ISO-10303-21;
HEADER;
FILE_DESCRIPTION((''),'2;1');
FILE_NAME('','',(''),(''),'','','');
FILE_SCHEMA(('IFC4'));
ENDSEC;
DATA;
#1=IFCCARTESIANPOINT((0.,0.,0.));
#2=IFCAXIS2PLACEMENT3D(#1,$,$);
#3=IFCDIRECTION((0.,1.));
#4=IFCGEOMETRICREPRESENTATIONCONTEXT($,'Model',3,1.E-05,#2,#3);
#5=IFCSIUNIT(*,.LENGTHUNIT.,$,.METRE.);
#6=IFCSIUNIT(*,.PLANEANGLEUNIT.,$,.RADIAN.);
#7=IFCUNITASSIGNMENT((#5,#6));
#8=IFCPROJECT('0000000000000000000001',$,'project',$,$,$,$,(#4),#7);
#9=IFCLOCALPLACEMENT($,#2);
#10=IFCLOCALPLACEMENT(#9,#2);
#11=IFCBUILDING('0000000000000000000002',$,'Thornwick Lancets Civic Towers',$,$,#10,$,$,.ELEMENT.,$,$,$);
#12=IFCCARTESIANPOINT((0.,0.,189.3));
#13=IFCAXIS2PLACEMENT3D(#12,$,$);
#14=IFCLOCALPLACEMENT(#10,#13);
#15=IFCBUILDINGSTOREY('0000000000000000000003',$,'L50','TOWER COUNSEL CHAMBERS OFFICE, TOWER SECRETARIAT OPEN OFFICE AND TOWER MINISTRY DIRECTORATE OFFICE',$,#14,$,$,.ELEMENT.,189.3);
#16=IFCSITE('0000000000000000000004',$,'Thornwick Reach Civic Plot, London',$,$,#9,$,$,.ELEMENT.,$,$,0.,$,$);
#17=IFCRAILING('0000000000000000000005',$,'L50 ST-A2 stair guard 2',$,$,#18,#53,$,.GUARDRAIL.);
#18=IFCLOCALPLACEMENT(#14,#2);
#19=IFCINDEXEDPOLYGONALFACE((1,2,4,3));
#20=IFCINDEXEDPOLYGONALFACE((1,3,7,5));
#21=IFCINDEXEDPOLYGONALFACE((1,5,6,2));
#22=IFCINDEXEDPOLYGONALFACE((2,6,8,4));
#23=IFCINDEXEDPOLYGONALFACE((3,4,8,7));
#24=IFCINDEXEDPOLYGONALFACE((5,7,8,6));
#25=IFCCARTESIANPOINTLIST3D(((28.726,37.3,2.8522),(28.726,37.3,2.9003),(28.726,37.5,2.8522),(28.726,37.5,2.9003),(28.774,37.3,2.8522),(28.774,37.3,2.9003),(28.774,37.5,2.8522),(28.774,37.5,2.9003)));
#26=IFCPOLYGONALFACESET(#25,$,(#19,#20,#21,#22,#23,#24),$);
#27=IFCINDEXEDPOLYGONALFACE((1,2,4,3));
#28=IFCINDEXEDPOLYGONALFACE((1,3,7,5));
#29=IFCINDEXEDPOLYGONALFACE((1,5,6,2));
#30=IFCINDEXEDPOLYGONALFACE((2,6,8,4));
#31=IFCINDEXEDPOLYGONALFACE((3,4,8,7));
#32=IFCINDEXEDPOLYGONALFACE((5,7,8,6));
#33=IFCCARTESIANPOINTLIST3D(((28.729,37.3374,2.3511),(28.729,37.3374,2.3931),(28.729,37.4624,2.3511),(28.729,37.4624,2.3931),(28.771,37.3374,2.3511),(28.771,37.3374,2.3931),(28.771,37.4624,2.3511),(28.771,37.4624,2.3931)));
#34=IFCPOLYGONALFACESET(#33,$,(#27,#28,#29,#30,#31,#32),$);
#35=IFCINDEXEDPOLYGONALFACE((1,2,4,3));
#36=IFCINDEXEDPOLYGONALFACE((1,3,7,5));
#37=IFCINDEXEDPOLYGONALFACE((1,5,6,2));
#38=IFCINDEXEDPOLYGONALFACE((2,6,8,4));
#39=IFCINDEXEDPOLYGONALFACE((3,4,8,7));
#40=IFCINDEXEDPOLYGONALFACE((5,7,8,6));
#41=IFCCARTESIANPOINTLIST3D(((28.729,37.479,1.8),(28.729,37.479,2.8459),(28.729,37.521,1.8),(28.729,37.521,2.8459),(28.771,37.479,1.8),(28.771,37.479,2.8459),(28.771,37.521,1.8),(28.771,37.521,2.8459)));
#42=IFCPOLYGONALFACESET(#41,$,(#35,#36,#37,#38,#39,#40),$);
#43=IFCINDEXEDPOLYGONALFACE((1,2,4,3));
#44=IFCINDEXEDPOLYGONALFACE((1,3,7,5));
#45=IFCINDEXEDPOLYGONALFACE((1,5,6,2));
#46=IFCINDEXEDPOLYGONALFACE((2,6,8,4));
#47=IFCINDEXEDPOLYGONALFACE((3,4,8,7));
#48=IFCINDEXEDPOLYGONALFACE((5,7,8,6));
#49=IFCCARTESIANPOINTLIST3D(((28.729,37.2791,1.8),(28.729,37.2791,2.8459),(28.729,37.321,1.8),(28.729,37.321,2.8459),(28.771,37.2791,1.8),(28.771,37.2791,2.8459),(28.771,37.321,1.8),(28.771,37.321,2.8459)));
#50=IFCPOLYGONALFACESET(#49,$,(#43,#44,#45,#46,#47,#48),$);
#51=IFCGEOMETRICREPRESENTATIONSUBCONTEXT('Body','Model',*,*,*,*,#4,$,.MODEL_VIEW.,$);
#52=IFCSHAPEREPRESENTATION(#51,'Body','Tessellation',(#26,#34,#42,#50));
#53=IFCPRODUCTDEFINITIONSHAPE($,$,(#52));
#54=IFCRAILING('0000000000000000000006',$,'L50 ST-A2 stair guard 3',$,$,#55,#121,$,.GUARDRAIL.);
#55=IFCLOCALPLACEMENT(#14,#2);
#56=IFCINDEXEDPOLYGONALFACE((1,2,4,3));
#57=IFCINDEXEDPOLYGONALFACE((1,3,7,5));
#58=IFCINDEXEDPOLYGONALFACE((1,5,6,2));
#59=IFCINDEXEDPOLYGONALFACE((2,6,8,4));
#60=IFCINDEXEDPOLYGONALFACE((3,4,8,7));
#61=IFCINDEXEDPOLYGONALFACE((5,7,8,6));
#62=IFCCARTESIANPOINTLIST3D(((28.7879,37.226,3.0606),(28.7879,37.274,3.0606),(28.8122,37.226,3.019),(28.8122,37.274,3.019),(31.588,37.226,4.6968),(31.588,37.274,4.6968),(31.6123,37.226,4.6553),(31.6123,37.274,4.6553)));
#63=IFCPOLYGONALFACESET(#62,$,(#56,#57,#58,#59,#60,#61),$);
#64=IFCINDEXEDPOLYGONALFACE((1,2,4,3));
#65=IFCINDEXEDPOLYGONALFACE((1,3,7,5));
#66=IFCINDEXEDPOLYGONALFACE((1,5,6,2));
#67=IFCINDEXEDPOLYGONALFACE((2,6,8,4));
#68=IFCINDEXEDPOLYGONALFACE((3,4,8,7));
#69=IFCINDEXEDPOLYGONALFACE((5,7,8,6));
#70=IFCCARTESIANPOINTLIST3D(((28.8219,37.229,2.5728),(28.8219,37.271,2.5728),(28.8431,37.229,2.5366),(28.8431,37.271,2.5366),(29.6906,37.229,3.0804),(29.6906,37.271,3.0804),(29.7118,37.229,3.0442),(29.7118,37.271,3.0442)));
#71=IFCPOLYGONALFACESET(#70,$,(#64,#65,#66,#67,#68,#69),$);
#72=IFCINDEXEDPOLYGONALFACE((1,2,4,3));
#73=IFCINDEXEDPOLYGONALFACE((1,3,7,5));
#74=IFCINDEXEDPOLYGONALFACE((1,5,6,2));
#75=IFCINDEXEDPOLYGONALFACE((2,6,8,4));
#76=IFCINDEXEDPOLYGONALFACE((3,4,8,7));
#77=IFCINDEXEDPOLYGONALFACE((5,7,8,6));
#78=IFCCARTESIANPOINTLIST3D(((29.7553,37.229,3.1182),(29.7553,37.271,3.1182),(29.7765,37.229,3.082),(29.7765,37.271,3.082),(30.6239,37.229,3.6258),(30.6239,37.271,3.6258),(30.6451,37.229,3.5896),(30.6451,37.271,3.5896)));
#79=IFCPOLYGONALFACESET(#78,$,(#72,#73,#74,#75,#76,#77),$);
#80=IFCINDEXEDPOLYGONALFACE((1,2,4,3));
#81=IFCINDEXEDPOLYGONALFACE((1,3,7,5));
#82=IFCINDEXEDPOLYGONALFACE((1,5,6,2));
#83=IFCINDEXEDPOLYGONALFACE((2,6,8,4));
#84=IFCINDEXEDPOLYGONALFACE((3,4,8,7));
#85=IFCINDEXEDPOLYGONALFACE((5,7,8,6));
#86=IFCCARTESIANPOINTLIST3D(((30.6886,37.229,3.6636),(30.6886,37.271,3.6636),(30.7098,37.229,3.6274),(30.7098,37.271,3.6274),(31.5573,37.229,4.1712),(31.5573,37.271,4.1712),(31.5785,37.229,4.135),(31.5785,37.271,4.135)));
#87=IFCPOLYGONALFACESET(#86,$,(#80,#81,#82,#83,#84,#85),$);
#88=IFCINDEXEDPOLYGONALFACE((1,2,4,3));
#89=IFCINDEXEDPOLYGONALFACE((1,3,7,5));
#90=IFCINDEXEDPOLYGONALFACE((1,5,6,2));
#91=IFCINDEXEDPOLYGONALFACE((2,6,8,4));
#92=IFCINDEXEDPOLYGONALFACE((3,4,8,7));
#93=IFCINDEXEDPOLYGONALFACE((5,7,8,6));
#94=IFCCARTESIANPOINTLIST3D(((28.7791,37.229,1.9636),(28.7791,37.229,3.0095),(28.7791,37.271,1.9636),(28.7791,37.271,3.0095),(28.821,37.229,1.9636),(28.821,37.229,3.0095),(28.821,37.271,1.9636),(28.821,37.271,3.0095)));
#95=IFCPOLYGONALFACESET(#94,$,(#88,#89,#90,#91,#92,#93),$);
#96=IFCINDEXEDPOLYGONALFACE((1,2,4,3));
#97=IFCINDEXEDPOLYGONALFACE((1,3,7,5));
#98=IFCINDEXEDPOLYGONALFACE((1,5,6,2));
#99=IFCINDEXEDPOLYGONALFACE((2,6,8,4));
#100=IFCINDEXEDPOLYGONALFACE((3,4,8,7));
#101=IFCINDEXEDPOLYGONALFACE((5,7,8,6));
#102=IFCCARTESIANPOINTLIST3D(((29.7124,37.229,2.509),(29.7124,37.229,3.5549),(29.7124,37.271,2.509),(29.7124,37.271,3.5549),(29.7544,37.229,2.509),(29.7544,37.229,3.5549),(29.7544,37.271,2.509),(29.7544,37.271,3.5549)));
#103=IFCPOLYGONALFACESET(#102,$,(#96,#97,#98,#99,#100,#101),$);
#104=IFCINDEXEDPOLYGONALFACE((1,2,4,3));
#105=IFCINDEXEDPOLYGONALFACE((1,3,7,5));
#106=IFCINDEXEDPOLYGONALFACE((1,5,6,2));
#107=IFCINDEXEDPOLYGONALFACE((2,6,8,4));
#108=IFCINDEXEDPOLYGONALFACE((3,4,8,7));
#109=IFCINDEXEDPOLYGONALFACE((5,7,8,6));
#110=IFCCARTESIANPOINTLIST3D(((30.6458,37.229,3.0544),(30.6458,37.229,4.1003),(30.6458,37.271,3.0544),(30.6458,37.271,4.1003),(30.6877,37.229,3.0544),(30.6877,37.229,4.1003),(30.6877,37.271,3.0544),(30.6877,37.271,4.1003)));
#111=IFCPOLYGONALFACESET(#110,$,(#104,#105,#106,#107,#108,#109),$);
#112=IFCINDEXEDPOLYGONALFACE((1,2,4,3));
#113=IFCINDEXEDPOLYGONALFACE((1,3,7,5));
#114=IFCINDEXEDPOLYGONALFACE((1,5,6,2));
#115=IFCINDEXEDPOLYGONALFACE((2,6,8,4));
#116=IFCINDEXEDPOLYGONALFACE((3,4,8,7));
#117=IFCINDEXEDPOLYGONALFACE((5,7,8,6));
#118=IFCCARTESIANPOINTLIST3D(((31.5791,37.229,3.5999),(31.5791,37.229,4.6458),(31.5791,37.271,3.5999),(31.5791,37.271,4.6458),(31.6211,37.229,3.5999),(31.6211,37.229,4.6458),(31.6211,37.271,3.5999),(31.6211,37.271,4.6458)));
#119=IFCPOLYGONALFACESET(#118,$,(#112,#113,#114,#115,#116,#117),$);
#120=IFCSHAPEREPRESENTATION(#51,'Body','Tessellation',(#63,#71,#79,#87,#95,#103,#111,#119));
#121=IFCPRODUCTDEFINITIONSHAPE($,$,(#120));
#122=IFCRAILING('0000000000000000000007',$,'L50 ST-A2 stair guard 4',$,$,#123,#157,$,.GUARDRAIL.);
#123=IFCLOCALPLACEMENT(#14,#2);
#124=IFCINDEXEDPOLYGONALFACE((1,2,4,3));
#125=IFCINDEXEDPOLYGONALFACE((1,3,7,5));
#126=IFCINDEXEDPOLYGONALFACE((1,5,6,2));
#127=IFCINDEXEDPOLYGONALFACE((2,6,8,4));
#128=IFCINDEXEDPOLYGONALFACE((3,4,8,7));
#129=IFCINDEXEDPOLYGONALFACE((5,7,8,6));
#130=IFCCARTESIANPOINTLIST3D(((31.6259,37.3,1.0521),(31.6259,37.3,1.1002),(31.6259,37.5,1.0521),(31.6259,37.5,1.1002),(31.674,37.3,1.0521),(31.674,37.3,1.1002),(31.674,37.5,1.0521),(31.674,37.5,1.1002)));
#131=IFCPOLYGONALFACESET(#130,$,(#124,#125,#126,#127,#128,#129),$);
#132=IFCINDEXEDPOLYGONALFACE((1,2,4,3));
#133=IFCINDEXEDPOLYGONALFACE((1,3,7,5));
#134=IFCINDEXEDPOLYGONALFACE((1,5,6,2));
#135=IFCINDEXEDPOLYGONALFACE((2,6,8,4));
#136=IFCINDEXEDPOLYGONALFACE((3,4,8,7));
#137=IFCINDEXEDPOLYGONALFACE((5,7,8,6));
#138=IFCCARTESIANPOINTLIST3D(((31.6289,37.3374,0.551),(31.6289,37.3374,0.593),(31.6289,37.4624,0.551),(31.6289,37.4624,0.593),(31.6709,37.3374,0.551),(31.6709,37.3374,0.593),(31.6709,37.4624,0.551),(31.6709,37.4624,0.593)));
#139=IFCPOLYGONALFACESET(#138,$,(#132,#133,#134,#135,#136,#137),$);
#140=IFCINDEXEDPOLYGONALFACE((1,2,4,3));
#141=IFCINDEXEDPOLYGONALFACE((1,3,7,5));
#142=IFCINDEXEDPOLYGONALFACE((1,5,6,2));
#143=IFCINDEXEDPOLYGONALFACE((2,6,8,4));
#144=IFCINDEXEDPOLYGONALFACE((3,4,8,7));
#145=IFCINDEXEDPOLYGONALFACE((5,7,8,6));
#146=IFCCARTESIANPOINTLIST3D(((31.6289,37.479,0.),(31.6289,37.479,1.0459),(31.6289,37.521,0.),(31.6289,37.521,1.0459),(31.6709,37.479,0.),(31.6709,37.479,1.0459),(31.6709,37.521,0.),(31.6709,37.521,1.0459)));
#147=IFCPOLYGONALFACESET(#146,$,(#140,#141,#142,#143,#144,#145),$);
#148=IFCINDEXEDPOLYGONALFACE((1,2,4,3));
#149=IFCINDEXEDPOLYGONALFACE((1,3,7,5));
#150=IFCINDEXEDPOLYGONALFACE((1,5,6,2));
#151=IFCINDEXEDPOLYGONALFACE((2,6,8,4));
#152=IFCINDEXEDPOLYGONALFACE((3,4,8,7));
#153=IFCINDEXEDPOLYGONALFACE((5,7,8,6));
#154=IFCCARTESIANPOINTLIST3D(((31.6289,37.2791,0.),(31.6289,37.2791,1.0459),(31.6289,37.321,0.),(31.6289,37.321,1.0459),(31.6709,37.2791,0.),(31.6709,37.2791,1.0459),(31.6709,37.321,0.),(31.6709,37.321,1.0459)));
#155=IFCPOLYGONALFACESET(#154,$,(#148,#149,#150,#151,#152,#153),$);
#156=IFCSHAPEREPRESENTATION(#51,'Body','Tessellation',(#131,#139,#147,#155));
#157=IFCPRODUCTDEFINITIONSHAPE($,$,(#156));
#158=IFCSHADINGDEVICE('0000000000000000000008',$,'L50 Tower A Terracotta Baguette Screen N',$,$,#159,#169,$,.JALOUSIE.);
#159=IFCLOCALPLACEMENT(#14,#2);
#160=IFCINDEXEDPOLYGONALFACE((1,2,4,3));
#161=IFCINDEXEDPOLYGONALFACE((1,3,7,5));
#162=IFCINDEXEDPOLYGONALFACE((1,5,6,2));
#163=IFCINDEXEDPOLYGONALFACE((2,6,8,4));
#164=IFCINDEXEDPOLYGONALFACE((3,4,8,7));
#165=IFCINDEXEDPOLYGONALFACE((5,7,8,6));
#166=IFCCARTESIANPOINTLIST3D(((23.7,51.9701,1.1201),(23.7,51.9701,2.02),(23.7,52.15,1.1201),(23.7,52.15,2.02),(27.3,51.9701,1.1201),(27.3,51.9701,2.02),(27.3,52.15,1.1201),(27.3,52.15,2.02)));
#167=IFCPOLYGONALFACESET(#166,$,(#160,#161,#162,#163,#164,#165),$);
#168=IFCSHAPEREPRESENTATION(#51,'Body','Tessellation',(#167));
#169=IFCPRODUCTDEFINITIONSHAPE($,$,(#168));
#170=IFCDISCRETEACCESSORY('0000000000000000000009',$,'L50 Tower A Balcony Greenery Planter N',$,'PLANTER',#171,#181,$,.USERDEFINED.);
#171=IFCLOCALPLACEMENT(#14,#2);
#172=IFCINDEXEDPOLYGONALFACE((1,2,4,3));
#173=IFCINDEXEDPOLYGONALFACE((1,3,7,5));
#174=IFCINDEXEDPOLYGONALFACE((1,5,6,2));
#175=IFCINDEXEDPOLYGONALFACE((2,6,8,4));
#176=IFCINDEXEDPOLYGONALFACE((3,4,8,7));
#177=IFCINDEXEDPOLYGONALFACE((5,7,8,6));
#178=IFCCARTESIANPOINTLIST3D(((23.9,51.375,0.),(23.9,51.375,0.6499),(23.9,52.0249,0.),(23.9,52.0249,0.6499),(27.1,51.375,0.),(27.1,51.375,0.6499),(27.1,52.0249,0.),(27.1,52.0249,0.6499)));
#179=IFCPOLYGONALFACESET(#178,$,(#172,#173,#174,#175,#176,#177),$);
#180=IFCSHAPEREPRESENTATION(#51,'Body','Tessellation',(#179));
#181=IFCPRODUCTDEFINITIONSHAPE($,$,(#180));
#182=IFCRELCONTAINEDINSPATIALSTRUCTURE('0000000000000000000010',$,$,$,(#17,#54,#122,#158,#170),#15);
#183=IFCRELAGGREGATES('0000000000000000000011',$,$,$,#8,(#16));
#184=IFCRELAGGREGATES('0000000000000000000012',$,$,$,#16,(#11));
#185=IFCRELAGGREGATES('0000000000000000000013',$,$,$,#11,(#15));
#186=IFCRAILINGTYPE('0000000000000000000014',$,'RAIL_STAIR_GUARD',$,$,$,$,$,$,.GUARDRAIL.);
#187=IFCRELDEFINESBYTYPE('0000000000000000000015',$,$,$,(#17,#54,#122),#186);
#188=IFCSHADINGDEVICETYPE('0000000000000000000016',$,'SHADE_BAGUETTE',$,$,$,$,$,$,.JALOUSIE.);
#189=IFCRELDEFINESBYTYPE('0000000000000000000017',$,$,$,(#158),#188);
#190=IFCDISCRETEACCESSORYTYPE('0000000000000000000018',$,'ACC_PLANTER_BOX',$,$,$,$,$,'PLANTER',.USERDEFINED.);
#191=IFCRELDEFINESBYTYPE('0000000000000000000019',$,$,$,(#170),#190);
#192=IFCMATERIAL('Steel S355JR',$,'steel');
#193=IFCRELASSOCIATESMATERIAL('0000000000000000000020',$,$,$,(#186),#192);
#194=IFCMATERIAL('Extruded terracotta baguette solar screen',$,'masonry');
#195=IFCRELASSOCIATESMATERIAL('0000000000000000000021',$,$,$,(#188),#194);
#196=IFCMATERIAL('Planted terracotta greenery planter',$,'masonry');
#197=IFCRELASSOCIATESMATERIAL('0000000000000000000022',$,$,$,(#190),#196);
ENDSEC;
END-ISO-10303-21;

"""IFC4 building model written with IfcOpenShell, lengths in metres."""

from ifc_helpers import new_model, si_unit, direction, frame, origin, origin_2d, place, context, subcontext, project, spatial, rectangle, extrude, material, type_object, element, save


model = new_model("IFC4")

# Units and contexts
model_context = context("Model", 3, precision=1e-05, world=origin(), true_north=direction((0.0, 1.0)))
body_context = subcontext(model_context, "Body", "Model", "MODEL_VIEW")
ifc_project = project(units=[si_unit("LENGTHUNIT", "METRE"), si_unit("PLANEANGLEUNIT", "RADIAN")], contexts=[model_context])

# Site, building, storey
site_placement = place(None, origin())
site = spatial("IfcSite", under=ifc_project, at=site_placement, Name="Thornwick Reach Civic Plot, London", CompositionType="ELEMENT", RefElevation=0.0)
building_placement = place(site_placement, origin())
building = spatial("IfcBuilding", under=site, at=building_placement, Name="Thornwick Lancets Civic Towers", CompositionType="ELEMENT")
storey_placement = place(building_placement, frame((0.0, 0.0, 189.3)))
storey = spatial("IfcBuildingStorey", under=building, at=storey_placement, Name="L50", Description="TOWER COUNSEL CHAMBERS OFFICE, TOWER SECRETARIAT OPEN OFFICE AND TOWER MINISTRY DIRECTORATE OFFICE", CompositionType="ELEMENT", Elevation=189.3)

# Shared definitions
ifc_material_1 = material(Name="Steel S355JR", Category="steel")

# Railings
railing_type_1 = type_object("IfcRailingType", Name="RAIL_STAIR_GUARD", PredefinedType="GUARDRAIL", material=ifc_material_1)
railing_1_placement = place(storey_placement, frame((28.75, 37.5, 1.8)))
element("IfcRailing", 1, at=railing_1_placement, inside=storey, type_object=railing_type_1, Name="L50 ST-A2 stair guard 2", PredefinedType="GUARDRAIL", context=body_context, shape_type="SweptSolid", body=[
    extrude(rectangle(XDim=0.0481, YDim=0.0481, at=origin_2d()), frame((0.0, 0.0, 1.0762), z_axis=(0.0, -1.0, 0.0), x_axis=(1.0, 0.0, 0.0)), (0.0, 0.0, 1.0), 0.2),
    extrude(rectangle(XDim=0.042, YDim=0.042, at=origin_2d()), frame((0.0, -0.0376, 0.572), z_axis=(0.0, -1.0, 0.0), x_axis=(1.0, 0.0, 0.0)), (0.0, 0.0, 1.0), 0.125),
    extrude(rectangle(XDim=0.042, YDim=0.042, at=origin_2d()), origin(), (0.0, 0.0, 1.0), 1.0459),
    extrude(rectangle(XDim=0.042, YDim=0.042, at=origin_2d()), frame((0.0, -0.2, 0.0)), (0.0, 0.0, 1.0), 1.0459),
])
railing_2_placement = place(storey_placement, frame((28.8, 37.25, 1.9636)))
element("IfcRailing", 2, at=railing_2_placement, inside=storey, type_object=railing_type_1, Name="L50 ST-A2 stair guard 3", PredefinedType="GUARDRAIL", context=body_context, shape_type="SweptSolid", body=[
    extrude(rectangle(XDim=0.0481, YDim=0.0481, at=origin_2d()), frame((0.0, 0.0, 1.0762), z_axis=(0.863394, 0.0, 0.504531), x_axis=(0.0, 1.0, 0.0)), (0.0, 0.0, 1.0), 3.2432),
    extrude(rectangle(XDim=0.042, YDim=0.042, at=origin_2d()), frame((0.0325, 0.0, 0.5911), z_axis=(0.863394, 0.0, 0.504531), x_axis=(0.0, 1.0, 0.0)), (0.0, 0.0, 1.0), 1.0061),
    extrude(rectangle(XDim=0.042, YDim=0.042, at=origin_2d()), frame((0.9658, 0.0, 1.1365), z_axis=(0.863394, 0.0, 0.504531), x_axis=(0.0, 1.0, 0.0)), (0.0, 0.0, 1.0), 1.0061),
    extrude(rectangle(XDim=0.042, YDim=0.042, at=origin_2d()), frame((1.8992, 0.0, 1.6819), z_axis=(0.863394, 0.0, 0.504531), x_axis=(0.0, 1.0, 0.0)), (0.0, 0.0, 1.0), 1.0061),
    extrude(rectangle(XDim=0.042, YDim=0.042, at=origin_2d()), origin(), (0.0, 0.0, 1.0), 1.0459),
    extrude(rectangle(XDim=0.042, YDim=0.042, at=origin_2d()), frame((0.9333, 0.0, 0.5454)), (0.0, 0.0, 1.0), 1.0459),
    extrude(rectangle(XDim=0.042, YDim=0.042, at=origin_2d()), frame((1.8667, 0.0, 1.0908)), (0.0, 0.0, 1.0), 1.0459),
    extrude(rectangle(XDim=0.042, YDim=0.042, at=origin_2d()), frame((2.8, 0.0, 1.6362)), (0.0, 0.0, 1.0), 1.0459),
])
railing_3_placement = place(storey_placement, frame((31.6499, 37.5, 0.0)))
element("IfcRailing", 3, at=railing_3_placement, inside=storey, type_object=railing_type_1, Name="L50 ST-A2 stair guard 4", PredefinedType="GUARDRAIL", context=body_context, shape_type="SweptSolid", body=[
    extrude(rectangle(XDim=0.0481, YDim=0.0481, at=origin_2d()), frame((0.0, 0.0, 1.0762), z_axis=(0.0, -1.0, 0.0), x_axis=(1.0, 0.0, 0.0)), (0.0, 0.0, 1.0), 0.2),
    extrude(rectangle(XDim=0.042, YDim=0.042, at=origin_2d()), frame((0.0, -0.0376, 0.572), z_axis=(0.0, -1.0, 0.0), x_axis=(1.0, 0.0, 0.0)), (0.0, 0.0, 1.0), 0.125),
    extrude(rectangle(XDim=0.042, YDim=0.042, at=origin_2d()), origin(), (0.0, 0.0, 1.0), 1.0459),
    extrude(rectangle(XDim=0.042, YDim=0.042, at=origin_2d()), frame((0.0, -0.2, 0.0)), (0.0, 0.0, 1.0), 1.0459),
])

# Shading device
ifc_material_2 = material(Name="Extruded terracotta baguette solar screen", Category="masonry")
shading_device_type = type_object("IfcShadingDeviceType", Name="SHADE_BAGUETTE", PredefinedType="JALOUSIE", material=ifc_material_2)
shading_device_placement = place(storey_placement, frame((25.5, 52.0601, 1.1201), z_axis=(0.0, 0.0, 1.0), x_axis=(1.0, 0.0, 0.0)))
element("IfcShadingDevice", 4, at=shading_device_placement, inside=storey, type_object=shading_device_type, Name="L50 Tower A Terracotta Baguette Screen N", PredefinedType="JALOUSIE", context=body_context, shape_type="SweptSolid", body=[
    extrude(rectangle(XDim=3.6001, YDim=0.1799, at=origin_2d()), origin(), (0.0, 0.0, 1.0), 0.8999),
])

# Discrete accessory
ifc_material_3 = material(Name="Planted terracotta greenery planter", Category="masonry")
discrete_accessory_type = type_object("IfcDiscreteAccessoryType", Name="ACC_PLANTER_BOX", ElementType="PLANTER", PredefinedType="USERDEFINED", material=ifc_material_3)
discrete_accessory_placement = place(storey_placement, frame((25.5, 51.7, 0.0), z_axis=(0.0, 0.0, 1.0), x_axis=(1.0, 0.0, 0.0)))
element("IfcDiscreteAccessory", 5, at=discrete_accessory_placement, inside=storey, type_object=discrete_accessory_type, Name="L50 Tower A Balcony Greenery Planter N", ObjectType="PLANTER", PredefinedType="USERDEFINED", context=body_context, shape_type="SweptSolid", body=[
    extrude(rectangle(XDim=3.2, YDim=0.6499, at=origin_2d()), origin(), (0.0, 0.0, 1.0), 0.6499),
])

save(model, "model.ifc")
